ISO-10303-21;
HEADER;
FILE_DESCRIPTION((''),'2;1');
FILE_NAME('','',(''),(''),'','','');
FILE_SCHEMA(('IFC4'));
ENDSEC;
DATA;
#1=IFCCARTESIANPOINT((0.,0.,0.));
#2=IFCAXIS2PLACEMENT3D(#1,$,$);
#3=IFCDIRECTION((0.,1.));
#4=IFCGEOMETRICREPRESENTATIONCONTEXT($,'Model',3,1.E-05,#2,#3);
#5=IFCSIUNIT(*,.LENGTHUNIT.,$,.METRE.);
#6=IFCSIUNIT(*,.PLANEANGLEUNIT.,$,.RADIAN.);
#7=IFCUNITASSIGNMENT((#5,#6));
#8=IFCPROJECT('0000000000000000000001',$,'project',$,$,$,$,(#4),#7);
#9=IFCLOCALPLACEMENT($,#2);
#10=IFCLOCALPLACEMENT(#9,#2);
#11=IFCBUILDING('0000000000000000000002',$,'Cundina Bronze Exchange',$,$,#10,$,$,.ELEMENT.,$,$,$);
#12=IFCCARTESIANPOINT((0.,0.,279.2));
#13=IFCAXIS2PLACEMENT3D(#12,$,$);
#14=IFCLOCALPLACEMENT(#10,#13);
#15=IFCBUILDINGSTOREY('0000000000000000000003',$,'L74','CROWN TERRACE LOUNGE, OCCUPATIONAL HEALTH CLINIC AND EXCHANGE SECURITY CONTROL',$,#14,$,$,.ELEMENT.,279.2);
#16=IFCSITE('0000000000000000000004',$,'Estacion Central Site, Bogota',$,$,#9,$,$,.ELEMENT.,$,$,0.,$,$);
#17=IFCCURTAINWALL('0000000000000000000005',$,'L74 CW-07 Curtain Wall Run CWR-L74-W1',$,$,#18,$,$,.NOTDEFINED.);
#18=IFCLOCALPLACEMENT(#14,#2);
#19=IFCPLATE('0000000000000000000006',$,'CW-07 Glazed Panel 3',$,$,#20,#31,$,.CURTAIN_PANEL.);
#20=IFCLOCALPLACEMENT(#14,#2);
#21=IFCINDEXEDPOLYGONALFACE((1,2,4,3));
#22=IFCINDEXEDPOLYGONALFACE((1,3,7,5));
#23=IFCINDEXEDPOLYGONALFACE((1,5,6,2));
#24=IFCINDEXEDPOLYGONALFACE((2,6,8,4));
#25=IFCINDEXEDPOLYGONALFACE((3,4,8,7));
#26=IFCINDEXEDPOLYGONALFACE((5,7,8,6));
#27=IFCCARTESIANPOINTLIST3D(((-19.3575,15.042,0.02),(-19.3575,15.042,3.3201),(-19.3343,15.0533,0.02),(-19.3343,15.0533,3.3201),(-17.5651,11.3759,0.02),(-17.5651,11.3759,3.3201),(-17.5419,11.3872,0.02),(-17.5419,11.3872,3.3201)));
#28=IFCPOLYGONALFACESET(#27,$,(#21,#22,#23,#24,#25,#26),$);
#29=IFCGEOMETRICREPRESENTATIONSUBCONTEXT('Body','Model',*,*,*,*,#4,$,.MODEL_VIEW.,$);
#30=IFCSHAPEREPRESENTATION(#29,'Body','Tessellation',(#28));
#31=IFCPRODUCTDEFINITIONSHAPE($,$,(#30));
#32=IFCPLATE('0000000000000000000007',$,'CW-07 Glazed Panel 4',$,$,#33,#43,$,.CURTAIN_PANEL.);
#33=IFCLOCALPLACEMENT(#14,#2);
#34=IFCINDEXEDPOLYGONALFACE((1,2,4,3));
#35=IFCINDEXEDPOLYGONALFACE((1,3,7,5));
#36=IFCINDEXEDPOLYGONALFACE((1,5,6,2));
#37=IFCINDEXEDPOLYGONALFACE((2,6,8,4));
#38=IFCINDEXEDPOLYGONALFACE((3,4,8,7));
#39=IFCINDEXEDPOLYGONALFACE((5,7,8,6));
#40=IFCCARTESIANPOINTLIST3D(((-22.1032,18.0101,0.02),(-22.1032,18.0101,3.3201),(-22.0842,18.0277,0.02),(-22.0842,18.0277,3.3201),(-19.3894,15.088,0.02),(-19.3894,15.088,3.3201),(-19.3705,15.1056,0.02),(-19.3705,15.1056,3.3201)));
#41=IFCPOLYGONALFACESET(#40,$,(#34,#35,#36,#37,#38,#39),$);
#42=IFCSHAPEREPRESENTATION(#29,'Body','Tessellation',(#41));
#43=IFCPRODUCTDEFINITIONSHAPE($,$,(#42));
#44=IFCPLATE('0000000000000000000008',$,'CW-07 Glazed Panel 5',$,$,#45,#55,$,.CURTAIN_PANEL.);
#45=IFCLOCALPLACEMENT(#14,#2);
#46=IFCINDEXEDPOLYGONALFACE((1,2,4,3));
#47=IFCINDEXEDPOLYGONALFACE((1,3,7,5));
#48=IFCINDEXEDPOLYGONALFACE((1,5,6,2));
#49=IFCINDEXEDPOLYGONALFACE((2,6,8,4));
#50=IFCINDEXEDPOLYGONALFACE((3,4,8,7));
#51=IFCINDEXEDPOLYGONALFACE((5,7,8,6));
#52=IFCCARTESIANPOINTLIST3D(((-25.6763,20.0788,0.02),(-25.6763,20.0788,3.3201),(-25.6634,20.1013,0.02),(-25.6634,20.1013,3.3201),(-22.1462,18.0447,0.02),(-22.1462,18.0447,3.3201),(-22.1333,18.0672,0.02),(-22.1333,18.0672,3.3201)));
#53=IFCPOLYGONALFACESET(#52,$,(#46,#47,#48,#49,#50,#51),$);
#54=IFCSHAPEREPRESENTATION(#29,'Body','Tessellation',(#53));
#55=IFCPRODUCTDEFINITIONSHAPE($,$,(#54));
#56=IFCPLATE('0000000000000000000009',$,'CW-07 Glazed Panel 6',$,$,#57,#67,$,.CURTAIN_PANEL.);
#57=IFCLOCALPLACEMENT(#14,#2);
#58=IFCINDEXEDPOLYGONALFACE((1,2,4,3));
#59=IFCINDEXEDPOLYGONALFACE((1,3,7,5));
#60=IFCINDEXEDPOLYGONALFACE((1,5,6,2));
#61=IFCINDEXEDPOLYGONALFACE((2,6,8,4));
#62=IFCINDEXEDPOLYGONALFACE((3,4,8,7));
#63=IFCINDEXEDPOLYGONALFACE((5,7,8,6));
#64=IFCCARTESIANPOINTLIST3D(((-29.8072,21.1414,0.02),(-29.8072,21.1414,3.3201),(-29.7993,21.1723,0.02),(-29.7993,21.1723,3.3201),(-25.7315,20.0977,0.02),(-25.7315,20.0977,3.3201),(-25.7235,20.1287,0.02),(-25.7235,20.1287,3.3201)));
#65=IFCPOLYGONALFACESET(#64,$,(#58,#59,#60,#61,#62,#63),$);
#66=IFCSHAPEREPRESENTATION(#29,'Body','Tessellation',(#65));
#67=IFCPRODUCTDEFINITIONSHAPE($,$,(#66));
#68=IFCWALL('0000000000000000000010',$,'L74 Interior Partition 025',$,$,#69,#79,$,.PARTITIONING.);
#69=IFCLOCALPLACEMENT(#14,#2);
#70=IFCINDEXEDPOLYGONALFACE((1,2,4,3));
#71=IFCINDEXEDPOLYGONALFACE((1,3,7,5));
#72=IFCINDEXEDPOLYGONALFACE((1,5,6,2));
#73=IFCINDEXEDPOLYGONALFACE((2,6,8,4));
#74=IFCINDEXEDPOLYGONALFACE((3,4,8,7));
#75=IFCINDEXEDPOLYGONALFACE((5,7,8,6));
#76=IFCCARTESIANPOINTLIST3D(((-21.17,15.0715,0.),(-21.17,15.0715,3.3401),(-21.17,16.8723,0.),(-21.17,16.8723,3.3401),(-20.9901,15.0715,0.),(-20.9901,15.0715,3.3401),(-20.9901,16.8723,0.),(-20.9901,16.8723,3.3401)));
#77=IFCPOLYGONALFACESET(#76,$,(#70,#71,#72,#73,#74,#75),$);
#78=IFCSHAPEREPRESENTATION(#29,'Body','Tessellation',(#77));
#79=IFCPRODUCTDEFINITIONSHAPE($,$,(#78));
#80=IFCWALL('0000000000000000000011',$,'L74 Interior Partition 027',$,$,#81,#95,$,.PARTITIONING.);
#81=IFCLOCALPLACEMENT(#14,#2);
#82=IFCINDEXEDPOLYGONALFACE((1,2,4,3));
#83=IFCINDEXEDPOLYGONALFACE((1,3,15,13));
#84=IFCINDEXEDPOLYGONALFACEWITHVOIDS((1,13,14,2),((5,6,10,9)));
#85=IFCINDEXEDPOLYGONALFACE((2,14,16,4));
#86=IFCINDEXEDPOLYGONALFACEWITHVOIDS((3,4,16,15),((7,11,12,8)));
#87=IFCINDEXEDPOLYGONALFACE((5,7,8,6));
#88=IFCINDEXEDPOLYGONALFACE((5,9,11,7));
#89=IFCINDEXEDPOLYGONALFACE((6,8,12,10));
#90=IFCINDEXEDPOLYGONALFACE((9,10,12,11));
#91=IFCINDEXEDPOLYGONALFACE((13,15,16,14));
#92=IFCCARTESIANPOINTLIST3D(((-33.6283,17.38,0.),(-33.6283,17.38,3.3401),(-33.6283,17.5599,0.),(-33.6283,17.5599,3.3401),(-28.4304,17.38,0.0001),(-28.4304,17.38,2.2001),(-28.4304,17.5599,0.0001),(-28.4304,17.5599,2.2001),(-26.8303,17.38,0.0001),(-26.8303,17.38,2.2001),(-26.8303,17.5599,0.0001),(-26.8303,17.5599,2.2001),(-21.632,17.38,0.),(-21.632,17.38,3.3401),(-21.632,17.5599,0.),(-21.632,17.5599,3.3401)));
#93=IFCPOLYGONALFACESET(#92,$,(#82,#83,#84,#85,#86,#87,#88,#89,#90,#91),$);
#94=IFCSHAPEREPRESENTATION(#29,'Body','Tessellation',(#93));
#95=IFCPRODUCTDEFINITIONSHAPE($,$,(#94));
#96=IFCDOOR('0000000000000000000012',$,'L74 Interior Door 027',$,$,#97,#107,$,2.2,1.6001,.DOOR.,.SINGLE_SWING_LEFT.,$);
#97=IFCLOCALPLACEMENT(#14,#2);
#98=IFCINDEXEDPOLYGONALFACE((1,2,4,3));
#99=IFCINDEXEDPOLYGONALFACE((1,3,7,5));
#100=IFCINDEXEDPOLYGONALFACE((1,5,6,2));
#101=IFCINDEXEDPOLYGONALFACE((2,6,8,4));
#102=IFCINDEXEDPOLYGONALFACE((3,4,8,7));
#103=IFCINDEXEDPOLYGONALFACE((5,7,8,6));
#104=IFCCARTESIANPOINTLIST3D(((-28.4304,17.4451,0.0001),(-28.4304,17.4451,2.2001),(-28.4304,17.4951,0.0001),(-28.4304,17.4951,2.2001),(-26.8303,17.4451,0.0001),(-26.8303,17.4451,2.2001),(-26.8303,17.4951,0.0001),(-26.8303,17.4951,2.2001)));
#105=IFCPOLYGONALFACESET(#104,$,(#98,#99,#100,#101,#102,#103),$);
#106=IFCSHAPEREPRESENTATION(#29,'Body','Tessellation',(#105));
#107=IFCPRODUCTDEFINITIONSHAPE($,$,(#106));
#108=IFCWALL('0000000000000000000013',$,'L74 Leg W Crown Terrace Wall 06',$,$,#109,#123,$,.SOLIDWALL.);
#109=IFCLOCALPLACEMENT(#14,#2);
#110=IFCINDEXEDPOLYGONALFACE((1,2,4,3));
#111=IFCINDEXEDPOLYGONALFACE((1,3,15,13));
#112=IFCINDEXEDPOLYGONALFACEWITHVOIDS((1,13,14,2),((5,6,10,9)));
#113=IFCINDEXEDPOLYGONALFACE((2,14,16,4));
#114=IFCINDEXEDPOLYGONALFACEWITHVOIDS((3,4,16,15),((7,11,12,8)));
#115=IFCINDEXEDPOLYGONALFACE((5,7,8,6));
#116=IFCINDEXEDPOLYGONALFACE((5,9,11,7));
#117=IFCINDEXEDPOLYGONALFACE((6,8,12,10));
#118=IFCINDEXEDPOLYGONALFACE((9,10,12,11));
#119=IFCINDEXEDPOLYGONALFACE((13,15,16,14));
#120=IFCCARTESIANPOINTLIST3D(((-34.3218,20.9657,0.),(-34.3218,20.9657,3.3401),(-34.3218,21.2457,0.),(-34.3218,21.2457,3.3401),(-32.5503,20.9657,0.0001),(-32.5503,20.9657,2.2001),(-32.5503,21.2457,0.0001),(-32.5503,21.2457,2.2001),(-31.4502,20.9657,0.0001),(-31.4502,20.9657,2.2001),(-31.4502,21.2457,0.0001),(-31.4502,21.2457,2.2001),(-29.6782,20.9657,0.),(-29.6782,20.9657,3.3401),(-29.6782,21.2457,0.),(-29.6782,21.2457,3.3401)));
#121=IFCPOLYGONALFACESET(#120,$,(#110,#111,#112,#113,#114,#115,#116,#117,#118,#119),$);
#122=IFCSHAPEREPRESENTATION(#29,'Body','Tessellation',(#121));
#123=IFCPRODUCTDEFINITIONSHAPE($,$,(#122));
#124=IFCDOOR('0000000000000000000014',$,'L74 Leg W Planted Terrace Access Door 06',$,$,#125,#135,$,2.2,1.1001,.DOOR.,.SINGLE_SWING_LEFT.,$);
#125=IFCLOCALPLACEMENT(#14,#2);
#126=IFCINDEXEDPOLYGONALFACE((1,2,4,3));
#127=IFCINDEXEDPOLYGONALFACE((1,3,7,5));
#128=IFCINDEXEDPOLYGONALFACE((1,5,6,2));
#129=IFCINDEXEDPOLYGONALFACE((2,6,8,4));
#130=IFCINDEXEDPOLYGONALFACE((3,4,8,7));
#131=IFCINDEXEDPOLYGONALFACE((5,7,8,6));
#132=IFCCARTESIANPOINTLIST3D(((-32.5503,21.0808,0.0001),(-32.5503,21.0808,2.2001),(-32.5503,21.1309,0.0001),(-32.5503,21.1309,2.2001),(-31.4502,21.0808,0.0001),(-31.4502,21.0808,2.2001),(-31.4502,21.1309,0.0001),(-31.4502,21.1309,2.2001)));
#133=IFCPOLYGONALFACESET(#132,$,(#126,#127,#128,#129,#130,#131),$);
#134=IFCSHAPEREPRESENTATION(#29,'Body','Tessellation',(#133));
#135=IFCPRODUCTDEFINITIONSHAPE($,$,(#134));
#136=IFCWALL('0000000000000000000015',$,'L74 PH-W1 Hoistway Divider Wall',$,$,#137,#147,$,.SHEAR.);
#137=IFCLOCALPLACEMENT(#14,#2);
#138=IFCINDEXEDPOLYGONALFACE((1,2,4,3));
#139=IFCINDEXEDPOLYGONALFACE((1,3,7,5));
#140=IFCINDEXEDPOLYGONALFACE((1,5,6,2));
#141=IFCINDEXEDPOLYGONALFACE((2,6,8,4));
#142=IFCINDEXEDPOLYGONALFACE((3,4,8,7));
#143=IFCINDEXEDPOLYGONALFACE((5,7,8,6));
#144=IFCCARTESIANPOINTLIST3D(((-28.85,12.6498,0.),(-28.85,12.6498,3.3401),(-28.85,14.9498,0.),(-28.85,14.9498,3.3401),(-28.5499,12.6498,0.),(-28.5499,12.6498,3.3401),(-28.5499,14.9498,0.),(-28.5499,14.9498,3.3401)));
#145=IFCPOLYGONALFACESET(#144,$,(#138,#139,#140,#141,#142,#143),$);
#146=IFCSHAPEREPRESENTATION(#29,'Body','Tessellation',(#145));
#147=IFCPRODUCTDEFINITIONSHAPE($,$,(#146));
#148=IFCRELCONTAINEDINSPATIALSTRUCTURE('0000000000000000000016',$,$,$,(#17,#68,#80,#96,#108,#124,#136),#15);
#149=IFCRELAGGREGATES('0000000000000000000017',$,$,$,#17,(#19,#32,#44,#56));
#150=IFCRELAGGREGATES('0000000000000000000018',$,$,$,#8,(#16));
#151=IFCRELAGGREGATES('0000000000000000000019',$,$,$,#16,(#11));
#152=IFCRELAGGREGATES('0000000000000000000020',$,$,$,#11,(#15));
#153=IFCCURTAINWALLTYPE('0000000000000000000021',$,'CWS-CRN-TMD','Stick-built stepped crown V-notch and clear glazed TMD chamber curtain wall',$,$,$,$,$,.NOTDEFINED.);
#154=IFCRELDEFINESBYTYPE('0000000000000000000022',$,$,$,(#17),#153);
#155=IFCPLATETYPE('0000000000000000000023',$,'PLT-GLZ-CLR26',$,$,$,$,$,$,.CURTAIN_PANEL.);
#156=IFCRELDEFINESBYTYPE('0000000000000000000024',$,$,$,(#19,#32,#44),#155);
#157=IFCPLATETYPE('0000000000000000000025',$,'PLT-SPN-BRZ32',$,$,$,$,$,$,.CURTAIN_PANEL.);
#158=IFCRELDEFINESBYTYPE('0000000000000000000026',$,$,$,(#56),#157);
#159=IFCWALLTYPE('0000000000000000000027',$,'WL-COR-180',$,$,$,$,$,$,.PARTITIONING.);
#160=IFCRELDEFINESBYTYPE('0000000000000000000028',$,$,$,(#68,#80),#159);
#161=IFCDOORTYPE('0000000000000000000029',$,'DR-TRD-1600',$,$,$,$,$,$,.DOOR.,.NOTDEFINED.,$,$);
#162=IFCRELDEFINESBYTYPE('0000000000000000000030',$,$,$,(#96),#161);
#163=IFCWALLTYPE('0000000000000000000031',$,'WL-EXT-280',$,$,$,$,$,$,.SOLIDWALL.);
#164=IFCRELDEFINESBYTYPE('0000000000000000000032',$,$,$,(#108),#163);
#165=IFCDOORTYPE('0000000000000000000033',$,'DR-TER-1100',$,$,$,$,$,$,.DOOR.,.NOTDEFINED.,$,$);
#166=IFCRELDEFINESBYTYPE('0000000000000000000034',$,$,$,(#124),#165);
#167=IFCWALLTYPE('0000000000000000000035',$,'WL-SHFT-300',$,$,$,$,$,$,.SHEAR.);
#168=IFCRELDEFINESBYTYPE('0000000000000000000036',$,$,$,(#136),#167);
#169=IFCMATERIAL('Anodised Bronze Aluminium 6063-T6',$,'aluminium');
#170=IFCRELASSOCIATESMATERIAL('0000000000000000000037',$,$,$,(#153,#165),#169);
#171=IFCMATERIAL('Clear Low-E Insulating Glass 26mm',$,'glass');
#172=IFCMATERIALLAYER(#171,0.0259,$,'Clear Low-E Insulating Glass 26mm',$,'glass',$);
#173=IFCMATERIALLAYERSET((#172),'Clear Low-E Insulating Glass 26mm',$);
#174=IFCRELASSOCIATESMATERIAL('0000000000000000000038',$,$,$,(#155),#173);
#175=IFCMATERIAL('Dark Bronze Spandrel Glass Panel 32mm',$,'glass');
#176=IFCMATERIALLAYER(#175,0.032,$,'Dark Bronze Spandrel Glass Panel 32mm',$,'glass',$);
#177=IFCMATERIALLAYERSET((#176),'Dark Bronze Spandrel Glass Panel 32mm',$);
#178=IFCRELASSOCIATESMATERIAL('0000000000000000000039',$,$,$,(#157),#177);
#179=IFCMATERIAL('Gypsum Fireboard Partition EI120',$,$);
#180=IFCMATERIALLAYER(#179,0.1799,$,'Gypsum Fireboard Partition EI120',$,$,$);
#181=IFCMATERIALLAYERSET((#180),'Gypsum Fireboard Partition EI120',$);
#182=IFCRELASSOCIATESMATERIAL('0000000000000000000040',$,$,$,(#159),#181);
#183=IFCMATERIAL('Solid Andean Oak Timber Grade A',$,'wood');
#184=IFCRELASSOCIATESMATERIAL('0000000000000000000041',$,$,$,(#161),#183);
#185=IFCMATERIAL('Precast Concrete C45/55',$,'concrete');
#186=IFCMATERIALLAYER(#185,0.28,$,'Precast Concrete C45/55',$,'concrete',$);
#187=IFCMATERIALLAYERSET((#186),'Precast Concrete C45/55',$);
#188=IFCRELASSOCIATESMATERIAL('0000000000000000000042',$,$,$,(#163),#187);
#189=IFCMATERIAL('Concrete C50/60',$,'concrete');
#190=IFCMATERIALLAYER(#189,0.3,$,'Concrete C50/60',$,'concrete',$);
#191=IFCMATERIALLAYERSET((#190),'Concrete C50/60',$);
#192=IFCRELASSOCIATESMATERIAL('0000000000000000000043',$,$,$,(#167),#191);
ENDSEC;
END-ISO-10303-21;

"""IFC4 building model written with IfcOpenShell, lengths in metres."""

from ifc_helpers import new_model, si_unit, direction, frame, frame_2d, origin, origin_2d, place, context, subcontext, project, spatial, rectangle, extrude, material, layer, layer_set, type_object, element, fill, aggregate, save


model = new_model("IFC4")

# Units and contexts
model_context = context("Model", 3, precision=1e-05, world=origin(), true_north=direction((0.0, 1.0)))
body_context = subcontext(model_context, "Body", "Model", "MODEL_VIEW")
ifc_project = project(units=[si_unit("LENGTHUNIT", "METRE"), si_unit("PLANEANGLEUNIT", "RADIAN")], contexts=[model_context])

# Site, building, storey
site_placement = place(None, origin())
site = spatial("IfcSite", under=ifc_project, at=site_placement, Name="Estacion Central Site, Bogota", CompositionType="ELEMENT", RefElevation=0.0)
building_placement = place(site_placement, origin())
building = spatial("IfcBuilding", under=site, at=building_placement, Name="Cundina Bronze Exchange", CompositionType="ELEMENT")
storey_placement = place(building_placement, frame((0.0, 0.0, 279.2)))
storey = spatial("IfcBuildingStorey", under=building, at=storey_placement, Name="L74", Description="CROWN TERRACE LOUNGE, OCCUPATIONAL HEALTH CLINIC AND EXCHANGE SECURITY CONTROL", CompositionType="ELEMENT", Elevation=279.2)

# Curtain wall, plates
ifc_material_1 = material(Name="Anodised Bronze Aluminium 6063-T6", Category="aluminium")
curtain_wall_type = type_object("IfcCurtainWallType", Name="CWS-CRN-TMD", Description="Stick-built stepped crown V-notch and clear glazed TMD chamber curtain wall", PredefinedType="NOTDEFINED", material=ifc_material_1)
curtain_wall_placement = place(storey_placement, origin())
curtain_wall = element("IfcCurtainWall", 1, at=curtain_wall_placement, inside=storey, type_object=curtain_wall_type, Name="L74 CW-07 Curtain Wall Run CWR-L74-W1", PredefinedType="NOTDEFINED")
ifc_material_2 = material(Name="Clear Low-E Insulating Glass 26mm", Category="glass")
ifc_layer_1 = layer(ifc_material_2, 0.0259, Name="Clear Low-E Insulating Glass 26mm", Category="glass")
ifc_layer_set_1 = layer_set([ifc_layer_1], Name="Clear Low-E Insulating Glass 26mm")
plate_type_1 = type_object("IfcPlateType", Name="PLT-GLZ-CLR26", PredefinedType="CURTAIN_PANEL", material=ifc_layer_set_1)
plate_1_placement = place(storey_placement, frame((-18.4497, 13.2146, 0.02), z_axis=(0.0, 0.0, 1.0), x_axis=(-0.439234, 0.898373, 0.0)))
plate_1 = element("IfcPlate", 2, at=plate_1_placement, type_object=plate_type_1, Name="CW-07 Glazed Panel 3", PredefinedType="CURTAIN_PANEL", context=body_context, shape_type="SweptSolid", body=[
    extrude(rectangle(XDim=4.0808, YDim=0.0259, at=origin_2d()), origin(), (0.0, 0.0, 1.0), 3.3),
])
plate_2_placement = place(storey_placement, frame((-20.7368, 16.5579, 0.02), z_axis=(0.0, 0.0, 1.0), x_axis=(-0.680503, 0.732745, 0.0)))
plate_2 = element("IfcPlate", 3, at=plate_2_placement, type_object=plate_type_1, Name="CW-07 Glazed Panel 4", PredefinedType="CURTAIN_PANEL", context=body_context, shape_type="SweptSolid", body=[
    extrude(rectangle(XDim=3.9878, YDim=0.0259, at=origin_2d()), origin(), (0.0, 0.0, 1.0), 3.3),
])
plate_3_placement = place(storey_placement, frame((-23.9048, 19.073, 0.02), z_axis=(0.0, 0.0, 1.0), x_axis=(-0.866453, 0.499259, 0.0)))
plate_3 = element("IfcPlate", 4, at=plate_3_placement, type_object=plate_type_1, Name="CW-07 Glazed Panel 5", PredefinedType="CURTAIN_PANEL", context=body_context, shape_type="SweptSolid", body=[
    extrude(rectangle(XDim=4.0742, YDim=0.0259, at=origin_2d()), origin(), (0.0, 0.0, 1.0), 3.3),
])
ifc_material_3 = material(Name="Dark Bronze Spandrel Glass Panel 32mm", Category="glass")
ifc_layer_2 = layer(ifc_material_3, 0.032, Name="Dark Bronze Spandrel Glass Panel 32mm", Category="glass")
ifc_layer_set_2 = layer_set([ifc_layer_2], Name="Dark Bronze Spandrel Glass Panel 32mm")
plate_type_2 = type_object("IfcPlateType", Name="PLT-SPN-BRZ32", PredefinedType="CURTAIN_PANEL", material=ifc_layer_set_2)
plate_4_placement = place(storey_placement, frame((-27.7654, 20.635, 0.02), z_axis=(0.0, 0.0, 1.0), x_axis=(-0.968744, 0.248064, 0.0)))
plate_4 = element("IfcPlate", 5, at=plate_4_placement, type_object=plate_type_2, Name="CW-07 Glazed Panel 6", PredefinedType="CURTAIN_PANEL", context=body_context, shape_type="SweptSolid", body=[
    extrude(rectangle(XDim=4.2073, YDim=0.032, at=origin_2d()), origin(), (0.0, 0.0, 1.0), 3.3),
])
aggregate(curtain_wall, [plate_1, plate_2, plate_3, plate_4])

# Wall
ifc_material_4 = material(Name="Gypsum Fireboard Partition EI120")
ifc_layer_3 = layer(ifc_material_4, 0.1799, Name="Gypsum Fireboard Partition EI120")
ifc_layer_set_3 = layer_set([ifc_layer_3], Name="Gypsum Fireboard Partition EI120")
wall_type_1 = type_object("IfcWallType", Name="WL-COR-180", PredefinedType="PARTITIONING", material=ifc_layer_set_3)
wall_1_placement = place(storey_placement, frame((-21.0801, 15.0715, 0.0), z_axis=(0.0, 0.0, 1.0), x_axis=(0.0, 1.0, 0.0)))
element("IfcWall", 6, at=wall_1_placement, inside=storey, type_object=wall_type_1, Name="L74 Interior Partition 025", PredefinedType="PARTITIONING", context=body_context, shape_type="SweptSolid", body=[
    extrude(rectangle(XDim=1.8008, YDim=0.1799, at=frame_2d((0.9004, 0.0))), origin(), (0.0, 0.0, 1.0), 3.3401),
])

# Walls, openings, doors
wall_2_placement = place(storey_placement, frame((-21.6321, 17.47, 0.0), z_axis=(0.0, 0.0, 1.0), x_axis=(-1.0, 0.0, 0.0)))
wall_2 = element("IfcWall", 7, at=wall_2_placement, inside=storey, type_object=wall_type_1, Name="L74 Interior Partition 027", PredefinedType="PARTITIONING", context=body_context, shape_type="SweptSolid", body=[
    extrude(rectangle(XDim=11.9963, YDim=0.1799, at=frame_2d((5.998, 0.0))), origin(), (0.0, 0.0, 1.0), 3.3401),
])
opening_1_placement = place(wall_2_placement, frame((5.1982, 0.0, 0.0)))
opening_1 = element("IfcOpeningElement", 8, at=opening_1_placement, cuts=wall_2, PredefinedType="OPENING", context=body_context, shape_type="SweptSolid", body=[
    extrude(rectangle(XDim=1.6001, YDim=2.2, at=frame_2d((0.8, 1.1001))), frame((0.0, 0.0999, 0.0), z_axis=(0.0, -1.0, 0.0), x_axis=(1.0, 0.0, 0.0)), (0.0, 0.0, 1.0), 0.2),
])
ifc_material_5 = material(Name="Solid Andean Oak Timber Grade A", Category="wood")
door_type_1 = type_object("IfcDoorType", Name="DR-TRD-1600", OperationType="NOTDEFINED", PredefinedType="DOOR", material=ifc_material_5)
door_1_placement = place(opening_1_placement, origin())
door_1 = element("IfcDoor", 9, at=door_1_placement, inside=storey, type_object=door_type_1, Name="L74 Interior Door 027", OperationType="SINGLE_SWING_LEFT", OverallHeight=2.2, OverallWidth=1.6001, PredefinedType="DOOR", context=body_context, shape_type="SweptSolid", body=[
    extrude(rectangle(XDim=1.6001, YDim=2.2, at=frame_2d((0.8, 1.1001))), frame((0.0, 0.0249, 0.0), z_axis=(0.0, -1.0, 0.0), x_axis=(1.0, 0.0, 0.0)), (0.0, 0.0, 1.0), 0.05),
])
fill(opening_1, door_1)
ifc_material_6 = material(Name="Precast Concrete C45/55", Category="concrete")
ifc_layer_4 = layer(ifc_material_6, 0.28, Name="Precast Concrete C45/55", Category="concrete")
ifc_layer_set_4 = layer_set([ifc_layer_4], Name="Precast Concrete C45/55")
wall_type_2 = type_object("IfcWallType", Name="WL-EXT-280", PredefinedType="SOLIDWALL", material=ifc_layer_set_4)
wall_3_placement = place(storey_placement, frame((-29.6782, 21.1057, 0.0), z_axis=(0.0, 0.0, 1.0), x_axis=(-1.0, 0.0, 0.0)))
wall_3 = element("IfcWall", 10, at=wall_3_placement, inside=storey, type_object=wall_type_2, Name="L74 Leg W Crown Terrace Wall 06", PredefinedType="SOLIDWALL", context=body_context, shape_type="SweptSolid", body=[
    extrude(rectangle(XDim=4.6436, YDim=0.28, at=frame_2d((2.3218, 0.0))), origin(), (0.0, 0.0, 1.0), 3.3401),
])
opening_2_placement = place(wall_3_placement, frame((1.772, 0.0, 0.0)))
opening_2 = element("IfcOpeningElement", 11, at=opening_2_placement, cuts=wall_3, PredefinedType="OPENING", context=body_context, shape_type="SweptSolid", body=[
    extrude(rectangle(XDim=1.1001, YDim=2.2, at=frame_2d((0.55, 1.1001))), frame((0.0, 0.1499, 0.0), z_axis=(0.0, -1.0, 0.0), x_axis=(1.0, 0.0, 0.0)), (0.0, 0.0, 1.0), 0.3),
])
door_type_2 = type_object("IfcDoorType", Name="DR-TER-1100", OperationType="NOTDEFINED", PredefinedType="DOOR", material=ifc_material_1)
door_2_placement = place(opening_2_placement, origin())
door_2 = element("IfcDoor", 12, at=door_2_placement, inside=storey, type_object=door_type_2, Name="L74 Leg W Planted Terrace Access Door 06", OperationType="SINGLE_SWING_LEFT", OverallHeight=2.2, OverallWidth=1.1001, PredefinedType="DOOR", context=body_context, shape_type="SweptSolid", body=[
    extrude(rectangle(XDim=1.1001, YDim=2.2, at=frame_2d((0.55, 1.1001))), frame((0.0, 0.0249, 0.0), z_axis=(0.0, -1.0, 0.0), x_axis=(1.0, 0.0, 0.0)), (0.0, 0.0, 1.0), 0.05),
])
fill(opening_2, door_2)
ifc_material_7 = material(Name="Concrete C50/60", Category="concrete")
ifc_layer_5 = layer(ifc_material_7, 0.3, Name="Concrete C50/60", Category="concrete")
ifc_layer_set_5 = layer_set([ifc_layer_5], Name="Concrete C50/60")
wall_type_3 = type_object("IfcWallType", Name="WL-SHFT-300", PredefinedType="SHEAR", material=ifc_layer_set_5)

# Wall
wall_4_placement = place(storey_placement, frame((-28.7, 12.6499, 0.0), z_axis=(0.0, 0.0, 1.0), x_axis=(0.0, 1.0, 0.0)))
element("IfcWall", 13, at=wall_4_placement, inside=storey, type_object=wall_type_3, Name="L74 PH-W1 Hoistway Divider Wall", PredefinedType="SHEAR", context=body_context, shape_type="SweptSolid", body=[
    extrude(rectangle(XDim=2.3, YDim=0.3, at=frame_2d((1.1499, 0.0))), origin(), (0.0, 0.0, 1.0), 3.3401),
])

save(model, "model.ifc")
